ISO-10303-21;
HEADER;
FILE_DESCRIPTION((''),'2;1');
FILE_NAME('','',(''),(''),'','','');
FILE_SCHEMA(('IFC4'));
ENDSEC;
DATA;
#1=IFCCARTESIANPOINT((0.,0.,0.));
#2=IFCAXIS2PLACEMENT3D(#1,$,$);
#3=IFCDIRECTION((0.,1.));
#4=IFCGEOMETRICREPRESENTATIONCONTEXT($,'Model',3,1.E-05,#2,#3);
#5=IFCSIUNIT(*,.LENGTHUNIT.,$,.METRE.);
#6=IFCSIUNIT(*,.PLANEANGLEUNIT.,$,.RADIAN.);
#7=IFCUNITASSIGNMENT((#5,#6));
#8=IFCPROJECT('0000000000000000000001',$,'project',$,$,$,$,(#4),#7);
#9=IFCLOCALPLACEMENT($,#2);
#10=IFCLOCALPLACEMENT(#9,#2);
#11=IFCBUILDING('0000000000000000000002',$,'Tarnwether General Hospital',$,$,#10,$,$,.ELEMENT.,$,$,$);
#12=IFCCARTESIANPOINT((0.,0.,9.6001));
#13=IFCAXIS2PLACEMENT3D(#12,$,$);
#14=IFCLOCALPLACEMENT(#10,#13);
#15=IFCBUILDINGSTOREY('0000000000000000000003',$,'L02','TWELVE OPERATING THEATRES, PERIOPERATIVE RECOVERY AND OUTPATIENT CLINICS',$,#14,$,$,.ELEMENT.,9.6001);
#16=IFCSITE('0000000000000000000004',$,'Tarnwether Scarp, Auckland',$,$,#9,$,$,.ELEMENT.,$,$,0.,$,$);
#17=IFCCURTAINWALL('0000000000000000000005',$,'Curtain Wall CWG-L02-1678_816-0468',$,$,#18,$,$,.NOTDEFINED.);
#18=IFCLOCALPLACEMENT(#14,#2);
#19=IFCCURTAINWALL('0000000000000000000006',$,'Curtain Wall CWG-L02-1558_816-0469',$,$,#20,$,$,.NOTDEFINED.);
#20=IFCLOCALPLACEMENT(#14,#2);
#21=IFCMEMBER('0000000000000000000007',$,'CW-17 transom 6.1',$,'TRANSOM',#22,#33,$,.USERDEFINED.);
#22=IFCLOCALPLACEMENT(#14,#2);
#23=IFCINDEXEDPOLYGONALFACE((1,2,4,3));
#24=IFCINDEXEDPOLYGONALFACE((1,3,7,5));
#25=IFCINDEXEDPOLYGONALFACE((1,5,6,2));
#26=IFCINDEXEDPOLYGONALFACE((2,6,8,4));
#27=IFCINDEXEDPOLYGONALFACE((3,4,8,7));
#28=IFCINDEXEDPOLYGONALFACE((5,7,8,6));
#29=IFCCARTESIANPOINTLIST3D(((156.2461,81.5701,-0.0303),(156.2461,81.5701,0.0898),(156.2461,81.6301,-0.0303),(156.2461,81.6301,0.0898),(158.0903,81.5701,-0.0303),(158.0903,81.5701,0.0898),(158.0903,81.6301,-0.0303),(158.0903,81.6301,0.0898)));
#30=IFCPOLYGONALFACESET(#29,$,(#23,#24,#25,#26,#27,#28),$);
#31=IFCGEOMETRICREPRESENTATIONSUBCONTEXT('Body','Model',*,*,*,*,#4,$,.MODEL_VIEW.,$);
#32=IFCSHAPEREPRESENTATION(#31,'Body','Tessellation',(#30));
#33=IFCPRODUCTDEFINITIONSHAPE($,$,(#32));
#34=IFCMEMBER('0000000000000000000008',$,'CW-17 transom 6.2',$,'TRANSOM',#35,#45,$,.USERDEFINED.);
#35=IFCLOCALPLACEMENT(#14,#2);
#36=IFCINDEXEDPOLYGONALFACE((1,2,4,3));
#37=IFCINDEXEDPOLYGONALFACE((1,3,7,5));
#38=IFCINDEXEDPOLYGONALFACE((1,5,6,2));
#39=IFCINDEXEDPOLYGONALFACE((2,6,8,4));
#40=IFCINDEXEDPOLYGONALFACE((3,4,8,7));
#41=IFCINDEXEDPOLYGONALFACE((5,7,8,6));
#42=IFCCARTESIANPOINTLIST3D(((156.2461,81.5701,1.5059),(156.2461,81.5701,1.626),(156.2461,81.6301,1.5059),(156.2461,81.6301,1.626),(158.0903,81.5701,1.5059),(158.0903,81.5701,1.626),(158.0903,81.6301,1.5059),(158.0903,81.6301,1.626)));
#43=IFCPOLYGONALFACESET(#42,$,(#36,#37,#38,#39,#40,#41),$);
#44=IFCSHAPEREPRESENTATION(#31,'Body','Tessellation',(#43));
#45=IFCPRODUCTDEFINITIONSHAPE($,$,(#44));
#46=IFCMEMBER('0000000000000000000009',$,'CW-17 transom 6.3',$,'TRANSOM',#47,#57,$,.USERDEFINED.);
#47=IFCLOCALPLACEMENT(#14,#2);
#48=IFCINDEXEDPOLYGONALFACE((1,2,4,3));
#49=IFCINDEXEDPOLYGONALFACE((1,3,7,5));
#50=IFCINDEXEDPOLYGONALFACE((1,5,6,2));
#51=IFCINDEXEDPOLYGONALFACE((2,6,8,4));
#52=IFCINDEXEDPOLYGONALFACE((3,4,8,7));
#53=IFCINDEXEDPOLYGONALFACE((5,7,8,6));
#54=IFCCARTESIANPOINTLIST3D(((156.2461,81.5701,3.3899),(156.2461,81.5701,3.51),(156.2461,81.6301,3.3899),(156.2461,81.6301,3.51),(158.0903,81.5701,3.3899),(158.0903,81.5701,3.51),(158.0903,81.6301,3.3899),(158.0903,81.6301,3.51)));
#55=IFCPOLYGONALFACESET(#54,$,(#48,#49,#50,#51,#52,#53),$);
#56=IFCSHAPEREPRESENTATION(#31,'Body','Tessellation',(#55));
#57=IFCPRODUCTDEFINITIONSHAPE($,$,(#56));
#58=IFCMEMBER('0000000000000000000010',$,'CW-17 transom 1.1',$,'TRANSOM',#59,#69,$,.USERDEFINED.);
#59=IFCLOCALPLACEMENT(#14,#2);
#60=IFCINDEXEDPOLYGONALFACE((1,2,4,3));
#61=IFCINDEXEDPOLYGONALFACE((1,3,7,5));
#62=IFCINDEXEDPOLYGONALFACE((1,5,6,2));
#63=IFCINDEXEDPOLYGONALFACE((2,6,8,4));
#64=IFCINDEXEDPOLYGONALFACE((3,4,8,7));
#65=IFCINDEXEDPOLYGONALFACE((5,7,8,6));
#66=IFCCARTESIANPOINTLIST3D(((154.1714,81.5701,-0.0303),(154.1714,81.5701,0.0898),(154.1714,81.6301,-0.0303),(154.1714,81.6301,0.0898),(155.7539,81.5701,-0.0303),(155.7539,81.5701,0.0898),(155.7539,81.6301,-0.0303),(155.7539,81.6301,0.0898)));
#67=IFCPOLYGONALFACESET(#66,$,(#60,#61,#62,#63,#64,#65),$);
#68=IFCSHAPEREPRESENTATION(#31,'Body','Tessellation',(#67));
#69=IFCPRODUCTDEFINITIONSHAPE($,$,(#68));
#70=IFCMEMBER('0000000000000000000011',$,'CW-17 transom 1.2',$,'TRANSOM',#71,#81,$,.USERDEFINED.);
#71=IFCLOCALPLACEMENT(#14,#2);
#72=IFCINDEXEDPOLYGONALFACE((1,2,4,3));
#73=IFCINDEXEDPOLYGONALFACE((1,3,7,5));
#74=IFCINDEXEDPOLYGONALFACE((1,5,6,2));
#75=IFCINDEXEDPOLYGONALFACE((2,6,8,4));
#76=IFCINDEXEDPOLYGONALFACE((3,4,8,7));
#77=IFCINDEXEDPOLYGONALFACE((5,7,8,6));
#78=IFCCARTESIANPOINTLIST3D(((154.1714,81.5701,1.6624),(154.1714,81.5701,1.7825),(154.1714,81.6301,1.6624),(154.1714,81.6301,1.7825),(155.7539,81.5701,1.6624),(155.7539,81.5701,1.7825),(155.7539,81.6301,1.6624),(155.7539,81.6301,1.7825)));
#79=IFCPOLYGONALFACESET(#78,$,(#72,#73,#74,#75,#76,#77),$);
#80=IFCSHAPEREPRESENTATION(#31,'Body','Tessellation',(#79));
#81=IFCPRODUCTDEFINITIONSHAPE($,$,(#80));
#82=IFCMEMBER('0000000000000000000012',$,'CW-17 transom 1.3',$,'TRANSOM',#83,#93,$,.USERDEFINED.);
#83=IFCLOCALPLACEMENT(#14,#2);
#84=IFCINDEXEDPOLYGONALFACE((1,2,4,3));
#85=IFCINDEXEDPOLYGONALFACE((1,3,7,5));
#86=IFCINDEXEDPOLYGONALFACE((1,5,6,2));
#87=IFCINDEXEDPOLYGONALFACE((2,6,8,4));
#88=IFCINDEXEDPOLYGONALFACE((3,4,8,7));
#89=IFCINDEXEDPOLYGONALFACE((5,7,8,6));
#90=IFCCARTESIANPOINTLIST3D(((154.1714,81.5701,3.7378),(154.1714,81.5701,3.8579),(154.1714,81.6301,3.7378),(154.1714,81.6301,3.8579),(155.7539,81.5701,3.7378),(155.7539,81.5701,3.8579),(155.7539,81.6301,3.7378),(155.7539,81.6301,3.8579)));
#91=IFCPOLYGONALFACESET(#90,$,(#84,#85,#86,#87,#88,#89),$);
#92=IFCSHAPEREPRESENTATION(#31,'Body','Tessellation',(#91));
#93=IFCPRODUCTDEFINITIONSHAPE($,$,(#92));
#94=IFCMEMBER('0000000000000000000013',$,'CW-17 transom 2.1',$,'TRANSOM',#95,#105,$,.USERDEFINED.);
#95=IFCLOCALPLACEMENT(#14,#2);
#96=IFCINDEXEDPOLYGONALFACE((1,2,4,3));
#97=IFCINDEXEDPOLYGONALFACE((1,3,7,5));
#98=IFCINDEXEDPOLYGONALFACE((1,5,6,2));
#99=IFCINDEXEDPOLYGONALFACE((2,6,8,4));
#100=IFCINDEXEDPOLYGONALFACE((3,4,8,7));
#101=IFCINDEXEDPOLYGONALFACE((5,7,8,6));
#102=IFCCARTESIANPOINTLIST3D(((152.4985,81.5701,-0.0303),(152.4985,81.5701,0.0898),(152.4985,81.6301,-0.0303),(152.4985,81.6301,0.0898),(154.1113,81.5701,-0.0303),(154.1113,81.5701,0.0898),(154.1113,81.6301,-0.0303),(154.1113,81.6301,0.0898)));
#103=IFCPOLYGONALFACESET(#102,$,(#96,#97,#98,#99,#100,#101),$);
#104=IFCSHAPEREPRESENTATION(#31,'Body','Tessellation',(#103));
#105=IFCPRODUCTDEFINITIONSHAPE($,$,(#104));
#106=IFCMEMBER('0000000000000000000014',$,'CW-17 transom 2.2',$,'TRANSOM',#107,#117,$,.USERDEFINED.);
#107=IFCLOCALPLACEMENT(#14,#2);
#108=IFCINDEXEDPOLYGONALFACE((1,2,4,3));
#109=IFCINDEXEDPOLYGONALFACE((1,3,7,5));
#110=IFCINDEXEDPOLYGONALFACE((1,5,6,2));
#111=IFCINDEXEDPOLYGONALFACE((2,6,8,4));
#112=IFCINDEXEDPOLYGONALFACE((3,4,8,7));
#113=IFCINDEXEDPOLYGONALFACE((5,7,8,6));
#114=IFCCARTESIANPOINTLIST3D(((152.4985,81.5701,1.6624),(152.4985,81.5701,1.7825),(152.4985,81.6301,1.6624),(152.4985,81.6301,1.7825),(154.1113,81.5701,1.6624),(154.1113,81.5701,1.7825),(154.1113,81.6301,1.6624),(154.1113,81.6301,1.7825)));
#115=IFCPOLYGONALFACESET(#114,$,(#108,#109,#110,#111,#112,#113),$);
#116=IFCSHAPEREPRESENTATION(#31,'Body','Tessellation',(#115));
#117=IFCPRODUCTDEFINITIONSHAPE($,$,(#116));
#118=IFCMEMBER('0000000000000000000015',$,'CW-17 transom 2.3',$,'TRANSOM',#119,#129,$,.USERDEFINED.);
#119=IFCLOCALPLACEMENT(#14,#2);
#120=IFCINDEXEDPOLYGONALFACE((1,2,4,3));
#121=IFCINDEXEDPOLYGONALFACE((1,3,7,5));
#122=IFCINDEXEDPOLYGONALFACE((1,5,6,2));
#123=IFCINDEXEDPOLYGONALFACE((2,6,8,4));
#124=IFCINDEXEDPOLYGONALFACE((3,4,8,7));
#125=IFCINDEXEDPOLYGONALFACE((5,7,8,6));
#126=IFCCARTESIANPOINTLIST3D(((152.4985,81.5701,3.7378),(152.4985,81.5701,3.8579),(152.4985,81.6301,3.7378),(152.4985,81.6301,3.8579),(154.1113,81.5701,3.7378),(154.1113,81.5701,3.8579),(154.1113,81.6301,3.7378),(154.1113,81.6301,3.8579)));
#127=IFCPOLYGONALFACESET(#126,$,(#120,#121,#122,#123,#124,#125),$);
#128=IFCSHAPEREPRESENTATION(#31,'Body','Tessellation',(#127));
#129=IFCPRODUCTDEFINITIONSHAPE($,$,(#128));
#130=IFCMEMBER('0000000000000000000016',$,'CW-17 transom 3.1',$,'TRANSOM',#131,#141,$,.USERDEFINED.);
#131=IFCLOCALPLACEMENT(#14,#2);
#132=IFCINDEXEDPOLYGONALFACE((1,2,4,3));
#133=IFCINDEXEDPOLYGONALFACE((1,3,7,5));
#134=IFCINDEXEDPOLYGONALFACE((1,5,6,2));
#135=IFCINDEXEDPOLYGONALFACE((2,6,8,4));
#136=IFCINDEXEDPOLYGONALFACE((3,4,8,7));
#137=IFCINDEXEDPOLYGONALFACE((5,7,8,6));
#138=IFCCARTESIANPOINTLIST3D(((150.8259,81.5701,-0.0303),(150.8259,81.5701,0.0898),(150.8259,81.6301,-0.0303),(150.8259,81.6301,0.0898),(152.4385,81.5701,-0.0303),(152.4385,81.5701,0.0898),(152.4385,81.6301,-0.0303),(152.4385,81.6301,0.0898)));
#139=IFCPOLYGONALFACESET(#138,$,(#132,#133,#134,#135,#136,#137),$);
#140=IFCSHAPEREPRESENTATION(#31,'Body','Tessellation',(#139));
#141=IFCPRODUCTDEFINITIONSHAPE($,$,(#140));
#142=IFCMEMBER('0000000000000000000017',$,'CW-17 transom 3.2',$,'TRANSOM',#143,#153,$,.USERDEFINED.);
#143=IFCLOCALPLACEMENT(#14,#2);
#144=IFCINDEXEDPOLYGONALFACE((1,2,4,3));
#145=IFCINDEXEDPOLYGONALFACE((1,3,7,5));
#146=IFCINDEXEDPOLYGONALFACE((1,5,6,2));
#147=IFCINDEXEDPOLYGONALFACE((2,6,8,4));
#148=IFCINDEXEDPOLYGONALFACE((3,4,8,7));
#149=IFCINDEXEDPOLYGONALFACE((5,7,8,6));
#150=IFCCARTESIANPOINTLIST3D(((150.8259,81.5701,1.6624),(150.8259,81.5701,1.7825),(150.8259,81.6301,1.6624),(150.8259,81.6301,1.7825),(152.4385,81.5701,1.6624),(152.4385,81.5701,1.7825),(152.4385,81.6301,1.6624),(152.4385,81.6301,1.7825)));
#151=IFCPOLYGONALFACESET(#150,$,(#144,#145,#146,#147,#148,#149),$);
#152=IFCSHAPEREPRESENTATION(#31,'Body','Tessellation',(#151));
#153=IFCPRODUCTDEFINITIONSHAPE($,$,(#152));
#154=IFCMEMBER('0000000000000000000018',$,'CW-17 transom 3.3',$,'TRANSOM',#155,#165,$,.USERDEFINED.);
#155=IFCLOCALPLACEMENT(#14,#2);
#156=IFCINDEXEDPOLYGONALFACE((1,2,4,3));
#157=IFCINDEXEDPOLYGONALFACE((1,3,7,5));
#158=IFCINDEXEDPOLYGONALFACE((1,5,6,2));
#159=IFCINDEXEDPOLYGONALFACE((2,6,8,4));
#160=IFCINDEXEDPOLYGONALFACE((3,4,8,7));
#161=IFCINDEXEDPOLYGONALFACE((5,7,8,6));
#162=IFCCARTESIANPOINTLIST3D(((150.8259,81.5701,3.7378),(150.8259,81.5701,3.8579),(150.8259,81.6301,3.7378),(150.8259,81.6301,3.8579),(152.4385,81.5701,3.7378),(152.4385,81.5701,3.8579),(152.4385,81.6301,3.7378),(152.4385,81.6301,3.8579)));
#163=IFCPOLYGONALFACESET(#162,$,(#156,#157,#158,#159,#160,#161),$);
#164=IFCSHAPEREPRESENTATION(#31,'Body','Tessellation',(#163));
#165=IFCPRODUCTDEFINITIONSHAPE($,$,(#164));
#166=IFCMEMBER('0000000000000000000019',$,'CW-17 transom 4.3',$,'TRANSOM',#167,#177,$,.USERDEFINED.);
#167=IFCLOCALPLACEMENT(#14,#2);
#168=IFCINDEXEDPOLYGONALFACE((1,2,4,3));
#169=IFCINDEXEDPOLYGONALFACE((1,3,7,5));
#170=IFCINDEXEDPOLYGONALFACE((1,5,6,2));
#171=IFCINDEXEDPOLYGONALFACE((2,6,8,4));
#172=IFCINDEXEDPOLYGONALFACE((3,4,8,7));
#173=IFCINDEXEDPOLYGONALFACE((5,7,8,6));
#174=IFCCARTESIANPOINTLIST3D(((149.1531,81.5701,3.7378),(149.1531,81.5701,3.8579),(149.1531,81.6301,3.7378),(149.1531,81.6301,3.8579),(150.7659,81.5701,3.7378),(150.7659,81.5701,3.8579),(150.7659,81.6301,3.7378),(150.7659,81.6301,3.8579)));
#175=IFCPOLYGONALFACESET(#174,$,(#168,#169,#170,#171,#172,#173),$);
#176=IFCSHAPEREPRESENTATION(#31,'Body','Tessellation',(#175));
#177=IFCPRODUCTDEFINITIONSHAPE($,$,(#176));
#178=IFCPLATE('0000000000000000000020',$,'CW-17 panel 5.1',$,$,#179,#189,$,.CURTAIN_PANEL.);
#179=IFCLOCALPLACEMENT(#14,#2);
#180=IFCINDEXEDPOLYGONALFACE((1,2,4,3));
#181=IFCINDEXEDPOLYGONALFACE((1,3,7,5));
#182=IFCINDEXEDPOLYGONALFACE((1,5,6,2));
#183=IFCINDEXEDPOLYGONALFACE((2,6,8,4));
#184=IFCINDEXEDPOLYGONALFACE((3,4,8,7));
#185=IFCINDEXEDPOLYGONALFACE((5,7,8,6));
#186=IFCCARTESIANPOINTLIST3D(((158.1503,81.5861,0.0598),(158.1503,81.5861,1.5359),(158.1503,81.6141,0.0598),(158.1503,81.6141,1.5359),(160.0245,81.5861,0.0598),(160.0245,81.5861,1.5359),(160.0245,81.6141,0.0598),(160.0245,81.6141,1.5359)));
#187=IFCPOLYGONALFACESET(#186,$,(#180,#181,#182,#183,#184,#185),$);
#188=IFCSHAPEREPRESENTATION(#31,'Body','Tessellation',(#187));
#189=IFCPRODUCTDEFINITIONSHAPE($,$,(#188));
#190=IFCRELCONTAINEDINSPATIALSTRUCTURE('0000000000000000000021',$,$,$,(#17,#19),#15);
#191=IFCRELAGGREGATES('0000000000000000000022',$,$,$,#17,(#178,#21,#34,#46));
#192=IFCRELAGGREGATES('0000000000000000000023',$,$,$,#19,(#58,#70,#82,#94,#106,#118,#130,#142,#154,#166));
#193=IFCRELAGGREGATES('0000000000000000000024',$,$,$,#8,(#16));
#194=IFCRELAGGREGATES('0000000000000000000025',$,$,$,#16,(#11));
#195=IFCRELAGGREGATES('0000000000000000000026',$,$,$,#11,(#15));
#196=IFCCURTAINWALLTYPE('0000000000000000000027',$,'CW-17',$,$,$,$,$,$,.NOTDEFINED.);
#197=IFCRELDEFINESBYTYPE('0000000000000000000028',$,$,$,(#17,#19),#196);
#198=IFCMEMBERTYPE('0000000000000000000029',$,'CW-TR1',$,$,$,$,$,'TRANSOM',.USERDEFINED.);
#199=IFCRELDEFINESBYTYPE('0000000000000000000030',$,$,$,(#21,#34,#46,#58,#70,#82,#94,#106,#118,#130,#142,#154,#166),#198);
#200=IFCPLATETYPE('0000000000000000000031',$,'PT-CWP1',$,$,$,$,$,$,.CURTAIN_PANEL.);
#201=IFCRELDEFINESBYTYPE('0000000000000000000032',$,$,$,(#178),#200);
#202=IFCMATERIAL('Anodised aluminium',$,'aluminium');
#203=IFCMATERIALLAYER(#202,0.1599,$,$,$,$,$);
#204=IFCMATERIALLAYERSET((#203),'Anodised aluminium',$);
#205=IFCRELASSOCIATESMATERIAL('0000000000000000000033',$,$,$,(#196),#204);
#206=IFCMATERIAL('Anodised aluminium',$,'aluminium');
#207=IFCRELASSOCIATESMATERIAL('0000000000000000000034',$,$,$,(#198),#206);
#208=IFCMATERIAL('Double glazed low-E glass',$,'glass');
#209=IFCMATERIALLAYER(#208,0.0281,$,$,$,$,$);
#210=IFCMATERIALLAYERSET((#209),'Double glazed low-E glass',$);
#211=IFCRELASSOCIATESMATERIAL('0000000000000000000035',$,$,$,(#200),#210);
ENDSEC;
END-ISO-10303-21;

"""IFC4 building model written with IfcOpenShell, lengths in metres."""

from ifc_helpers import new_model, si_unit, direction, frame, origin, origin_2d, place, context, subcontext, project, spatial, rectangle, extrude, material, layer, layer_set, material_profile, profile_set, type_object, element, aggregate, save


model = new_model("IFC4")

# Units and contexts
model_context = context("Model", 3, precision=1e-05, world=origin(), true_north=direction((0.0, 1.0)))
body_context = subcontext(model_context, "Body", "Model", "MODEL_VIEW")
ifc_project = project(units=[si_unit("LENGTHUNIT", "METRE"), si_unit("PLANEANGLEUNIT", "RADIAN")], contexts=[model_context])

# Site, building, storey
site_placement = place(None, origin())
site = spatial("IfcSite", under=ifc_project, at=site_placement, Name="Tarnwether Scarp, Auckland", CompositionType="ELEMENT", RefElevation=0.0)
building_placement = place(site_placement, origin())
building = spatial("IfcBuilding", under=site, at=building_placement, Name="Tarnwether General Hospital", CompositionType="ELEMENT")
storey_placement = place(building_placement, frame((0.0, 0.0, 9.6001)))
storey = spatial("IfcBuildingStorey", under=building, at=storey_placement, Name="L02", Description="TWELVE OPERATING THEATRES, PERIOPERATIVE RECOVERY AND OUTPATIENT CLINICS", CompositionType="ELEMENT", Elevation=9.6001)

# Curtain walls
ifc_material_1 = material(Name="Anodised aluminium", Category="aluminium")
ifc_layer_1 = layer(ifc_material_1, 0.1599)
ifc_layer_set_1 = layer_set([ifc_layer_1], Name="Anodised aluminium")
curtain_wall_type = type_object("IfcCurtainWallType", Name="CW-17", PredefinedType="NOTDEFINED", material=ifc_layer_set_1)
curtain_wall_1_placement = place(storey_placement, origin())
curtain_wall_1 = element("IfcCurtainWall", 1, at=curtain_wall_1_placement, inside=storey, type_object=curtain_wall_type, Name="Curtain Wall CWG-L02-1678_816-0468", PredefinedType="NOTDEFINED")
curtain_wall_2_placement = place(storey_placement, origin())
curtain_wall_2 = element("IfcCurtainWall", 2, at=curtain_wall_2_placement, inside=storey, type_object=curtain_wall_type, Name="Curtain Wall CWG-L02-1558_816-0469", PredefinedType="NOTDEFINED")

# Members
ifc_material_2 = material(Name="Anodised aluminium", Category="aluminium")
ifc_material_profile_1 = material_profile(ifc_material_2, rectangle(XDim=0.0601, YDim=0.1201, at=origin_2d()), Name="ALU-TRN-60x120")
ifc_profile_set_1 = profile_set([ifc_material_profile_1], Name="Anodised aluminium")
member_type_1 = type_object("IfcMemberType", Name="CW-TR1", ElementType="TRANSOM", PredefinedType="USERDEFINED", material=ifc_profile_set_1)
member_1_placement = place(storey_placement, frame((158.0903, 81.6001, 0.0298), z_axis=(-1.0, 0.0, 0.0), x_axis=(0.0, -1.0, 0.0)))
member_1 = element("IfcMember", 3, at=member_1_placement, type_object=member_type_1, Name="CW-17 transom 6.1", ObjectType="TRANSOM", PredefinedType="USERDEFINED", context=body_context, shape_type="SweptSolid", body=[
    extrude(rectangle(XDim=0.0601, YDim=0.1201, at=origin_2d()), origin(), (0.0, 0.0, 1.0), 1.8442),
])
member_2_placement = place(storey_placement, frame((158.0903, 81.6001, 1.5659), z_axis=(-1.0, 0.0, 0.0), x_axis=(0.0, -1.0, 0.0)))
member_2 = element("IfcMember", 4, at=member_2_placement, type_object=member_type_1, Name="CW-17 transom 6.2", ObjectType="TRANSOM", PredefinedType="USERDEFINED", context=body_context, shape_type="SweptSolid", body=[
    extrude(rectangle(XDim=0.0601, YDim=0.1201, at=origin_2d()), origin(), (0.0, 0.0, 1.0), 1.8442),
])
member_3_placement = place(storey_placement, frame((158.0903, 81.6001, 3.45), z_axis=(-1.0, 0.0, 0.0), x_axis=(0.0, -1.0, 0.0)))
member_3 = element("IfcMember", 5, at=member_3_placement, type_object=member_type_1, Name="CW-17 transom 6.3", ObjectType="TRANSOM", PredefinedType="USERDEFINED", context=body_context, shape_type="SweptSolid", body=[
    extrude(rectangle(XDim=0.0601, YDim=0.1201, at=origin_2d()), origin(), (0.0, 0.0, 1.0), 1.8442),
])
member_4_placement = place(storey_placement, frame((155.7539, 81.6001, 0.0298), z_axis=(-1.0, 0.0, 0.0), x_axis=(0.0, -1.0, 0.0)))
member_4 = element("IfcMember", 6, at=member_4_placement, type_object=member_type_1, Name="CW-17 transom 1.1", ObjectType="TRANSOM", PredefinedType="USERDEFINED", context=body_context, shape_type="SweptSolid", body=[
    extrude(rectangle(XDim=0.0601, YDim=0.1201, at=origin_2d()), origin(), (0.0, 0.0, 1.0), 1.5825),
])
member_5_placement = place(storey_placement, frame((155.7539, 81.6001, 1.7224), z_axis=(-1.0, 0.0, 0.0), x_axis=(0.0, -1.0, 0.0)))
member_5 = element("IfcMember", 7, at=member_5_placement, type_object=member_type_1, Name="CW-17 transom 1.2", ObjectType="TRANSOM", PredefinedType="USERDEFINED", context=body_context, shape_type="SweptSolid", body=[
    extrude(rectangle(XDim=0.0601, YDim=0.1201, at=origin_2d()), origin(), (0.0, 0.0, 1.0), 1.5825),
])
member_6_placement = place(storey_placement, frame((155.7539, 81.6001, 3.7979), z_axis=(-1.0, 0.0, 0.0), x_axis=(0.0, -1.0, 0.0)))
member_6 = element("IfcMember", 8, at=member_6_placement, type_object=member_type_1, Name="CW-17 transom 1.3", ObjectType="TRANSOM", PredefinedType="USERDEFINED", context=body_context, shape_type="SweptSolid", body=[
    extrude(rectangle(XDim=0.0601, YDim=0.1201, at=origin_2d()), origin(), (0.0, 0.0, 1.0), 1.5825),
])
member_7_placement = place(storey_placement, frame((154.1113, 81.6001, 0.0298), z_axis=(-1.0, 0.0, 0.0), x_axis=(0.0, -1.0, 0.0)))
member_7 = element("IfcMember", 9, at=member_7_placement, type_object=member_type_1, Name="CW-17 transom 2.1", ObjectType="TRANSOM", PredefinedType="USERDEFINED", context=body_context, shape_type="SweptSolid", body=[
    extrude(rectangle(XDim=0.0601, YDim=0.1201, at=origin_2d()), origin(), (0.0, 0.0, 1.0), 1.6128),
])
member_8_placement = place(storey_placement, frame((154.1113, 81.6001, 1.7224), z_axis=(-1.0, 0.0, 0.0), x_axis=(0.0, -1.0, 0.0)))
member_8 = element("IfcMember", 10, at=member_8_placement, type_object=member_type_1, Name="CW-17 transom 2.2", ObjectType="TRANSOM", PredefinedType="USERDEFINED", context=body_context, shape_type="SweptSolid", body=[
    extrude(rectangle(XDim=0.0601, YDim=0.1201, at=origin_2d()), origin(), (0.0, 0.0, 1.0), 1.6128),
])
member_9_placement = place(storey_placement, frame((154.1113, 81.6001, 3.7979), z_axis=(-1.0, 0.0, 0.0), x_axis=(0.0, -1.0, 0.0)))
member_9 = element("IfcMember", 11, at=member_9_placement, type_object=member_type_1, Name="CW-17 transom 2.3", ObjectType="TRANSOM", PredefinedType="USERDEFINED", context=body_context, shape_type="SweptSolid", body=[
    extrude(rectangle(XDim=0.0601, YDim=0.1201, at=origin_2d()), origin(), (0.0, 0.0, 1.0), 1.6128),
])
member_10_placement = place(storey_placement, frame((152.4385, 81.6001, 0.0298), z_axis=(-1.0, 0.0, 0.0), x_axis=(0.0, -1.0, 0.0)))
member_10 = element("IfcMember", 12, at=member_10_placement, type_object=member_type_1, Name="CW-17 transom 3.1", ObjectType="TRANSOM", PredefinedType="USERDEFINED", context=body_context, shape_type="SweptSolid", body=[
    extrude(rectangle(XDim=0.0601, YDim=0.1201, at=origin_2d()), origin(), (0.0, 0.0, 1.0), 1.6125),
])
member_11_placement = place(storey_placement, frame((152.4385, 81.6001, 1.7224), z_axis=(-1.0, 0.0, 0.0), x_axis=(0.0, -1.0, 0.0)))
member_11 = element("IfcMember", 13, at=member_11_placement, type_object=member_type_1, Name="CW-17 transom 3.2", ObjectType="TRANSOM", PredefinedType="USERDEFINED", context=body_context, shape_type="SweptSolid", body=[
    extrude(rectangle(XDim=0.0601, YDim=0.1201, at=origin_2d()), origin(), (0.0, 0.0, 1.0), 1.6125),
])
member_12_placement = place(storey_placement, frame((152.4385, 81.6001, 3.7979), z_axis=(-1.0, 0.0, 0.0), x_axis=(0.0, -1.0, 0.0)))
member_12 = element("IfcMember", 14, at=member_12_placement, type_object=member_type_1, Name="CW-17 transom 3.3", ObjectType="TRANSOM", PredefinedType="USERDEFINED", context=body_context, shape_type="SweptSolid", body=[
    extrude(rectangle(XDim=0.0601, YDim=0.1201, at=origin_2d()), origin(), (0.0, 0.0, 1.0), 1.6125),
])
member_13_placement = place(storey_placement, frame((150.7659, 81.6001, 3.7979), z_axis=(-1.0, 0.0, 0.0), x_axis=(0.0, -1.0, 0.0)))
member_13 = element("IfcMember", 15, at=member_13_placement, type_object=member_type_1, Name="CW-17 transom 4.3", ObjectType="TRANSOM", PredefinedType="USERDEFINED", context=body_context, shape_type="SweptSolid", body=[
    extrude(rectangle(XDim=0.0601, YDim=0.1201, at=origin_2d()), origin(), (0.0, 0.0, 1.0), 1.6128),
])

# Plate
ifc_material_3 = material(Name="Double glazed low-E glass", Category="glass")
ifc_layer_2 = layer(ifc_material_3, 0.0281)
ifc_layer_set_2 = layer_set([ifc_layer_2], Name="Double glazed low-E glass")
plate_type_1 = type_object("IfcPlateType", Name="PT-CWP1", PredefinedType="CURTAIN_PANEL", material=ifc_layer_set_2)
plate_1_placement = place(storey_placement, frame((159.0874, 81.6001, 0.0598), z_axis=(0.0, 0.0, 1.0), x_axis=(-1.0, 0.0, 0.0)))
plate_1 = element("IfcPlate", 16, at=plate_1_placement, type_object=plate_type_1, Name="CW-17 panel 5.1", PredefinedType="CURTAIN_PANEL", context=body_context, shape_type="SweptSolid", body=[
    extrude(rectangle(XDim=1.8743, YDim=0.0281, at=origin_2d()), origin(), (0.0, 0.0, 1.0), 1.4761),
])
aggregate(curtain_wall_1, [plate_1, member_1, member_2, member_3])
aggregate(curtain_wall_2, [member_4, member_5, member_6, member_7, member_8, member_9, member_10, member_11, member_12, member_13])

save(model, "model.ifc")
